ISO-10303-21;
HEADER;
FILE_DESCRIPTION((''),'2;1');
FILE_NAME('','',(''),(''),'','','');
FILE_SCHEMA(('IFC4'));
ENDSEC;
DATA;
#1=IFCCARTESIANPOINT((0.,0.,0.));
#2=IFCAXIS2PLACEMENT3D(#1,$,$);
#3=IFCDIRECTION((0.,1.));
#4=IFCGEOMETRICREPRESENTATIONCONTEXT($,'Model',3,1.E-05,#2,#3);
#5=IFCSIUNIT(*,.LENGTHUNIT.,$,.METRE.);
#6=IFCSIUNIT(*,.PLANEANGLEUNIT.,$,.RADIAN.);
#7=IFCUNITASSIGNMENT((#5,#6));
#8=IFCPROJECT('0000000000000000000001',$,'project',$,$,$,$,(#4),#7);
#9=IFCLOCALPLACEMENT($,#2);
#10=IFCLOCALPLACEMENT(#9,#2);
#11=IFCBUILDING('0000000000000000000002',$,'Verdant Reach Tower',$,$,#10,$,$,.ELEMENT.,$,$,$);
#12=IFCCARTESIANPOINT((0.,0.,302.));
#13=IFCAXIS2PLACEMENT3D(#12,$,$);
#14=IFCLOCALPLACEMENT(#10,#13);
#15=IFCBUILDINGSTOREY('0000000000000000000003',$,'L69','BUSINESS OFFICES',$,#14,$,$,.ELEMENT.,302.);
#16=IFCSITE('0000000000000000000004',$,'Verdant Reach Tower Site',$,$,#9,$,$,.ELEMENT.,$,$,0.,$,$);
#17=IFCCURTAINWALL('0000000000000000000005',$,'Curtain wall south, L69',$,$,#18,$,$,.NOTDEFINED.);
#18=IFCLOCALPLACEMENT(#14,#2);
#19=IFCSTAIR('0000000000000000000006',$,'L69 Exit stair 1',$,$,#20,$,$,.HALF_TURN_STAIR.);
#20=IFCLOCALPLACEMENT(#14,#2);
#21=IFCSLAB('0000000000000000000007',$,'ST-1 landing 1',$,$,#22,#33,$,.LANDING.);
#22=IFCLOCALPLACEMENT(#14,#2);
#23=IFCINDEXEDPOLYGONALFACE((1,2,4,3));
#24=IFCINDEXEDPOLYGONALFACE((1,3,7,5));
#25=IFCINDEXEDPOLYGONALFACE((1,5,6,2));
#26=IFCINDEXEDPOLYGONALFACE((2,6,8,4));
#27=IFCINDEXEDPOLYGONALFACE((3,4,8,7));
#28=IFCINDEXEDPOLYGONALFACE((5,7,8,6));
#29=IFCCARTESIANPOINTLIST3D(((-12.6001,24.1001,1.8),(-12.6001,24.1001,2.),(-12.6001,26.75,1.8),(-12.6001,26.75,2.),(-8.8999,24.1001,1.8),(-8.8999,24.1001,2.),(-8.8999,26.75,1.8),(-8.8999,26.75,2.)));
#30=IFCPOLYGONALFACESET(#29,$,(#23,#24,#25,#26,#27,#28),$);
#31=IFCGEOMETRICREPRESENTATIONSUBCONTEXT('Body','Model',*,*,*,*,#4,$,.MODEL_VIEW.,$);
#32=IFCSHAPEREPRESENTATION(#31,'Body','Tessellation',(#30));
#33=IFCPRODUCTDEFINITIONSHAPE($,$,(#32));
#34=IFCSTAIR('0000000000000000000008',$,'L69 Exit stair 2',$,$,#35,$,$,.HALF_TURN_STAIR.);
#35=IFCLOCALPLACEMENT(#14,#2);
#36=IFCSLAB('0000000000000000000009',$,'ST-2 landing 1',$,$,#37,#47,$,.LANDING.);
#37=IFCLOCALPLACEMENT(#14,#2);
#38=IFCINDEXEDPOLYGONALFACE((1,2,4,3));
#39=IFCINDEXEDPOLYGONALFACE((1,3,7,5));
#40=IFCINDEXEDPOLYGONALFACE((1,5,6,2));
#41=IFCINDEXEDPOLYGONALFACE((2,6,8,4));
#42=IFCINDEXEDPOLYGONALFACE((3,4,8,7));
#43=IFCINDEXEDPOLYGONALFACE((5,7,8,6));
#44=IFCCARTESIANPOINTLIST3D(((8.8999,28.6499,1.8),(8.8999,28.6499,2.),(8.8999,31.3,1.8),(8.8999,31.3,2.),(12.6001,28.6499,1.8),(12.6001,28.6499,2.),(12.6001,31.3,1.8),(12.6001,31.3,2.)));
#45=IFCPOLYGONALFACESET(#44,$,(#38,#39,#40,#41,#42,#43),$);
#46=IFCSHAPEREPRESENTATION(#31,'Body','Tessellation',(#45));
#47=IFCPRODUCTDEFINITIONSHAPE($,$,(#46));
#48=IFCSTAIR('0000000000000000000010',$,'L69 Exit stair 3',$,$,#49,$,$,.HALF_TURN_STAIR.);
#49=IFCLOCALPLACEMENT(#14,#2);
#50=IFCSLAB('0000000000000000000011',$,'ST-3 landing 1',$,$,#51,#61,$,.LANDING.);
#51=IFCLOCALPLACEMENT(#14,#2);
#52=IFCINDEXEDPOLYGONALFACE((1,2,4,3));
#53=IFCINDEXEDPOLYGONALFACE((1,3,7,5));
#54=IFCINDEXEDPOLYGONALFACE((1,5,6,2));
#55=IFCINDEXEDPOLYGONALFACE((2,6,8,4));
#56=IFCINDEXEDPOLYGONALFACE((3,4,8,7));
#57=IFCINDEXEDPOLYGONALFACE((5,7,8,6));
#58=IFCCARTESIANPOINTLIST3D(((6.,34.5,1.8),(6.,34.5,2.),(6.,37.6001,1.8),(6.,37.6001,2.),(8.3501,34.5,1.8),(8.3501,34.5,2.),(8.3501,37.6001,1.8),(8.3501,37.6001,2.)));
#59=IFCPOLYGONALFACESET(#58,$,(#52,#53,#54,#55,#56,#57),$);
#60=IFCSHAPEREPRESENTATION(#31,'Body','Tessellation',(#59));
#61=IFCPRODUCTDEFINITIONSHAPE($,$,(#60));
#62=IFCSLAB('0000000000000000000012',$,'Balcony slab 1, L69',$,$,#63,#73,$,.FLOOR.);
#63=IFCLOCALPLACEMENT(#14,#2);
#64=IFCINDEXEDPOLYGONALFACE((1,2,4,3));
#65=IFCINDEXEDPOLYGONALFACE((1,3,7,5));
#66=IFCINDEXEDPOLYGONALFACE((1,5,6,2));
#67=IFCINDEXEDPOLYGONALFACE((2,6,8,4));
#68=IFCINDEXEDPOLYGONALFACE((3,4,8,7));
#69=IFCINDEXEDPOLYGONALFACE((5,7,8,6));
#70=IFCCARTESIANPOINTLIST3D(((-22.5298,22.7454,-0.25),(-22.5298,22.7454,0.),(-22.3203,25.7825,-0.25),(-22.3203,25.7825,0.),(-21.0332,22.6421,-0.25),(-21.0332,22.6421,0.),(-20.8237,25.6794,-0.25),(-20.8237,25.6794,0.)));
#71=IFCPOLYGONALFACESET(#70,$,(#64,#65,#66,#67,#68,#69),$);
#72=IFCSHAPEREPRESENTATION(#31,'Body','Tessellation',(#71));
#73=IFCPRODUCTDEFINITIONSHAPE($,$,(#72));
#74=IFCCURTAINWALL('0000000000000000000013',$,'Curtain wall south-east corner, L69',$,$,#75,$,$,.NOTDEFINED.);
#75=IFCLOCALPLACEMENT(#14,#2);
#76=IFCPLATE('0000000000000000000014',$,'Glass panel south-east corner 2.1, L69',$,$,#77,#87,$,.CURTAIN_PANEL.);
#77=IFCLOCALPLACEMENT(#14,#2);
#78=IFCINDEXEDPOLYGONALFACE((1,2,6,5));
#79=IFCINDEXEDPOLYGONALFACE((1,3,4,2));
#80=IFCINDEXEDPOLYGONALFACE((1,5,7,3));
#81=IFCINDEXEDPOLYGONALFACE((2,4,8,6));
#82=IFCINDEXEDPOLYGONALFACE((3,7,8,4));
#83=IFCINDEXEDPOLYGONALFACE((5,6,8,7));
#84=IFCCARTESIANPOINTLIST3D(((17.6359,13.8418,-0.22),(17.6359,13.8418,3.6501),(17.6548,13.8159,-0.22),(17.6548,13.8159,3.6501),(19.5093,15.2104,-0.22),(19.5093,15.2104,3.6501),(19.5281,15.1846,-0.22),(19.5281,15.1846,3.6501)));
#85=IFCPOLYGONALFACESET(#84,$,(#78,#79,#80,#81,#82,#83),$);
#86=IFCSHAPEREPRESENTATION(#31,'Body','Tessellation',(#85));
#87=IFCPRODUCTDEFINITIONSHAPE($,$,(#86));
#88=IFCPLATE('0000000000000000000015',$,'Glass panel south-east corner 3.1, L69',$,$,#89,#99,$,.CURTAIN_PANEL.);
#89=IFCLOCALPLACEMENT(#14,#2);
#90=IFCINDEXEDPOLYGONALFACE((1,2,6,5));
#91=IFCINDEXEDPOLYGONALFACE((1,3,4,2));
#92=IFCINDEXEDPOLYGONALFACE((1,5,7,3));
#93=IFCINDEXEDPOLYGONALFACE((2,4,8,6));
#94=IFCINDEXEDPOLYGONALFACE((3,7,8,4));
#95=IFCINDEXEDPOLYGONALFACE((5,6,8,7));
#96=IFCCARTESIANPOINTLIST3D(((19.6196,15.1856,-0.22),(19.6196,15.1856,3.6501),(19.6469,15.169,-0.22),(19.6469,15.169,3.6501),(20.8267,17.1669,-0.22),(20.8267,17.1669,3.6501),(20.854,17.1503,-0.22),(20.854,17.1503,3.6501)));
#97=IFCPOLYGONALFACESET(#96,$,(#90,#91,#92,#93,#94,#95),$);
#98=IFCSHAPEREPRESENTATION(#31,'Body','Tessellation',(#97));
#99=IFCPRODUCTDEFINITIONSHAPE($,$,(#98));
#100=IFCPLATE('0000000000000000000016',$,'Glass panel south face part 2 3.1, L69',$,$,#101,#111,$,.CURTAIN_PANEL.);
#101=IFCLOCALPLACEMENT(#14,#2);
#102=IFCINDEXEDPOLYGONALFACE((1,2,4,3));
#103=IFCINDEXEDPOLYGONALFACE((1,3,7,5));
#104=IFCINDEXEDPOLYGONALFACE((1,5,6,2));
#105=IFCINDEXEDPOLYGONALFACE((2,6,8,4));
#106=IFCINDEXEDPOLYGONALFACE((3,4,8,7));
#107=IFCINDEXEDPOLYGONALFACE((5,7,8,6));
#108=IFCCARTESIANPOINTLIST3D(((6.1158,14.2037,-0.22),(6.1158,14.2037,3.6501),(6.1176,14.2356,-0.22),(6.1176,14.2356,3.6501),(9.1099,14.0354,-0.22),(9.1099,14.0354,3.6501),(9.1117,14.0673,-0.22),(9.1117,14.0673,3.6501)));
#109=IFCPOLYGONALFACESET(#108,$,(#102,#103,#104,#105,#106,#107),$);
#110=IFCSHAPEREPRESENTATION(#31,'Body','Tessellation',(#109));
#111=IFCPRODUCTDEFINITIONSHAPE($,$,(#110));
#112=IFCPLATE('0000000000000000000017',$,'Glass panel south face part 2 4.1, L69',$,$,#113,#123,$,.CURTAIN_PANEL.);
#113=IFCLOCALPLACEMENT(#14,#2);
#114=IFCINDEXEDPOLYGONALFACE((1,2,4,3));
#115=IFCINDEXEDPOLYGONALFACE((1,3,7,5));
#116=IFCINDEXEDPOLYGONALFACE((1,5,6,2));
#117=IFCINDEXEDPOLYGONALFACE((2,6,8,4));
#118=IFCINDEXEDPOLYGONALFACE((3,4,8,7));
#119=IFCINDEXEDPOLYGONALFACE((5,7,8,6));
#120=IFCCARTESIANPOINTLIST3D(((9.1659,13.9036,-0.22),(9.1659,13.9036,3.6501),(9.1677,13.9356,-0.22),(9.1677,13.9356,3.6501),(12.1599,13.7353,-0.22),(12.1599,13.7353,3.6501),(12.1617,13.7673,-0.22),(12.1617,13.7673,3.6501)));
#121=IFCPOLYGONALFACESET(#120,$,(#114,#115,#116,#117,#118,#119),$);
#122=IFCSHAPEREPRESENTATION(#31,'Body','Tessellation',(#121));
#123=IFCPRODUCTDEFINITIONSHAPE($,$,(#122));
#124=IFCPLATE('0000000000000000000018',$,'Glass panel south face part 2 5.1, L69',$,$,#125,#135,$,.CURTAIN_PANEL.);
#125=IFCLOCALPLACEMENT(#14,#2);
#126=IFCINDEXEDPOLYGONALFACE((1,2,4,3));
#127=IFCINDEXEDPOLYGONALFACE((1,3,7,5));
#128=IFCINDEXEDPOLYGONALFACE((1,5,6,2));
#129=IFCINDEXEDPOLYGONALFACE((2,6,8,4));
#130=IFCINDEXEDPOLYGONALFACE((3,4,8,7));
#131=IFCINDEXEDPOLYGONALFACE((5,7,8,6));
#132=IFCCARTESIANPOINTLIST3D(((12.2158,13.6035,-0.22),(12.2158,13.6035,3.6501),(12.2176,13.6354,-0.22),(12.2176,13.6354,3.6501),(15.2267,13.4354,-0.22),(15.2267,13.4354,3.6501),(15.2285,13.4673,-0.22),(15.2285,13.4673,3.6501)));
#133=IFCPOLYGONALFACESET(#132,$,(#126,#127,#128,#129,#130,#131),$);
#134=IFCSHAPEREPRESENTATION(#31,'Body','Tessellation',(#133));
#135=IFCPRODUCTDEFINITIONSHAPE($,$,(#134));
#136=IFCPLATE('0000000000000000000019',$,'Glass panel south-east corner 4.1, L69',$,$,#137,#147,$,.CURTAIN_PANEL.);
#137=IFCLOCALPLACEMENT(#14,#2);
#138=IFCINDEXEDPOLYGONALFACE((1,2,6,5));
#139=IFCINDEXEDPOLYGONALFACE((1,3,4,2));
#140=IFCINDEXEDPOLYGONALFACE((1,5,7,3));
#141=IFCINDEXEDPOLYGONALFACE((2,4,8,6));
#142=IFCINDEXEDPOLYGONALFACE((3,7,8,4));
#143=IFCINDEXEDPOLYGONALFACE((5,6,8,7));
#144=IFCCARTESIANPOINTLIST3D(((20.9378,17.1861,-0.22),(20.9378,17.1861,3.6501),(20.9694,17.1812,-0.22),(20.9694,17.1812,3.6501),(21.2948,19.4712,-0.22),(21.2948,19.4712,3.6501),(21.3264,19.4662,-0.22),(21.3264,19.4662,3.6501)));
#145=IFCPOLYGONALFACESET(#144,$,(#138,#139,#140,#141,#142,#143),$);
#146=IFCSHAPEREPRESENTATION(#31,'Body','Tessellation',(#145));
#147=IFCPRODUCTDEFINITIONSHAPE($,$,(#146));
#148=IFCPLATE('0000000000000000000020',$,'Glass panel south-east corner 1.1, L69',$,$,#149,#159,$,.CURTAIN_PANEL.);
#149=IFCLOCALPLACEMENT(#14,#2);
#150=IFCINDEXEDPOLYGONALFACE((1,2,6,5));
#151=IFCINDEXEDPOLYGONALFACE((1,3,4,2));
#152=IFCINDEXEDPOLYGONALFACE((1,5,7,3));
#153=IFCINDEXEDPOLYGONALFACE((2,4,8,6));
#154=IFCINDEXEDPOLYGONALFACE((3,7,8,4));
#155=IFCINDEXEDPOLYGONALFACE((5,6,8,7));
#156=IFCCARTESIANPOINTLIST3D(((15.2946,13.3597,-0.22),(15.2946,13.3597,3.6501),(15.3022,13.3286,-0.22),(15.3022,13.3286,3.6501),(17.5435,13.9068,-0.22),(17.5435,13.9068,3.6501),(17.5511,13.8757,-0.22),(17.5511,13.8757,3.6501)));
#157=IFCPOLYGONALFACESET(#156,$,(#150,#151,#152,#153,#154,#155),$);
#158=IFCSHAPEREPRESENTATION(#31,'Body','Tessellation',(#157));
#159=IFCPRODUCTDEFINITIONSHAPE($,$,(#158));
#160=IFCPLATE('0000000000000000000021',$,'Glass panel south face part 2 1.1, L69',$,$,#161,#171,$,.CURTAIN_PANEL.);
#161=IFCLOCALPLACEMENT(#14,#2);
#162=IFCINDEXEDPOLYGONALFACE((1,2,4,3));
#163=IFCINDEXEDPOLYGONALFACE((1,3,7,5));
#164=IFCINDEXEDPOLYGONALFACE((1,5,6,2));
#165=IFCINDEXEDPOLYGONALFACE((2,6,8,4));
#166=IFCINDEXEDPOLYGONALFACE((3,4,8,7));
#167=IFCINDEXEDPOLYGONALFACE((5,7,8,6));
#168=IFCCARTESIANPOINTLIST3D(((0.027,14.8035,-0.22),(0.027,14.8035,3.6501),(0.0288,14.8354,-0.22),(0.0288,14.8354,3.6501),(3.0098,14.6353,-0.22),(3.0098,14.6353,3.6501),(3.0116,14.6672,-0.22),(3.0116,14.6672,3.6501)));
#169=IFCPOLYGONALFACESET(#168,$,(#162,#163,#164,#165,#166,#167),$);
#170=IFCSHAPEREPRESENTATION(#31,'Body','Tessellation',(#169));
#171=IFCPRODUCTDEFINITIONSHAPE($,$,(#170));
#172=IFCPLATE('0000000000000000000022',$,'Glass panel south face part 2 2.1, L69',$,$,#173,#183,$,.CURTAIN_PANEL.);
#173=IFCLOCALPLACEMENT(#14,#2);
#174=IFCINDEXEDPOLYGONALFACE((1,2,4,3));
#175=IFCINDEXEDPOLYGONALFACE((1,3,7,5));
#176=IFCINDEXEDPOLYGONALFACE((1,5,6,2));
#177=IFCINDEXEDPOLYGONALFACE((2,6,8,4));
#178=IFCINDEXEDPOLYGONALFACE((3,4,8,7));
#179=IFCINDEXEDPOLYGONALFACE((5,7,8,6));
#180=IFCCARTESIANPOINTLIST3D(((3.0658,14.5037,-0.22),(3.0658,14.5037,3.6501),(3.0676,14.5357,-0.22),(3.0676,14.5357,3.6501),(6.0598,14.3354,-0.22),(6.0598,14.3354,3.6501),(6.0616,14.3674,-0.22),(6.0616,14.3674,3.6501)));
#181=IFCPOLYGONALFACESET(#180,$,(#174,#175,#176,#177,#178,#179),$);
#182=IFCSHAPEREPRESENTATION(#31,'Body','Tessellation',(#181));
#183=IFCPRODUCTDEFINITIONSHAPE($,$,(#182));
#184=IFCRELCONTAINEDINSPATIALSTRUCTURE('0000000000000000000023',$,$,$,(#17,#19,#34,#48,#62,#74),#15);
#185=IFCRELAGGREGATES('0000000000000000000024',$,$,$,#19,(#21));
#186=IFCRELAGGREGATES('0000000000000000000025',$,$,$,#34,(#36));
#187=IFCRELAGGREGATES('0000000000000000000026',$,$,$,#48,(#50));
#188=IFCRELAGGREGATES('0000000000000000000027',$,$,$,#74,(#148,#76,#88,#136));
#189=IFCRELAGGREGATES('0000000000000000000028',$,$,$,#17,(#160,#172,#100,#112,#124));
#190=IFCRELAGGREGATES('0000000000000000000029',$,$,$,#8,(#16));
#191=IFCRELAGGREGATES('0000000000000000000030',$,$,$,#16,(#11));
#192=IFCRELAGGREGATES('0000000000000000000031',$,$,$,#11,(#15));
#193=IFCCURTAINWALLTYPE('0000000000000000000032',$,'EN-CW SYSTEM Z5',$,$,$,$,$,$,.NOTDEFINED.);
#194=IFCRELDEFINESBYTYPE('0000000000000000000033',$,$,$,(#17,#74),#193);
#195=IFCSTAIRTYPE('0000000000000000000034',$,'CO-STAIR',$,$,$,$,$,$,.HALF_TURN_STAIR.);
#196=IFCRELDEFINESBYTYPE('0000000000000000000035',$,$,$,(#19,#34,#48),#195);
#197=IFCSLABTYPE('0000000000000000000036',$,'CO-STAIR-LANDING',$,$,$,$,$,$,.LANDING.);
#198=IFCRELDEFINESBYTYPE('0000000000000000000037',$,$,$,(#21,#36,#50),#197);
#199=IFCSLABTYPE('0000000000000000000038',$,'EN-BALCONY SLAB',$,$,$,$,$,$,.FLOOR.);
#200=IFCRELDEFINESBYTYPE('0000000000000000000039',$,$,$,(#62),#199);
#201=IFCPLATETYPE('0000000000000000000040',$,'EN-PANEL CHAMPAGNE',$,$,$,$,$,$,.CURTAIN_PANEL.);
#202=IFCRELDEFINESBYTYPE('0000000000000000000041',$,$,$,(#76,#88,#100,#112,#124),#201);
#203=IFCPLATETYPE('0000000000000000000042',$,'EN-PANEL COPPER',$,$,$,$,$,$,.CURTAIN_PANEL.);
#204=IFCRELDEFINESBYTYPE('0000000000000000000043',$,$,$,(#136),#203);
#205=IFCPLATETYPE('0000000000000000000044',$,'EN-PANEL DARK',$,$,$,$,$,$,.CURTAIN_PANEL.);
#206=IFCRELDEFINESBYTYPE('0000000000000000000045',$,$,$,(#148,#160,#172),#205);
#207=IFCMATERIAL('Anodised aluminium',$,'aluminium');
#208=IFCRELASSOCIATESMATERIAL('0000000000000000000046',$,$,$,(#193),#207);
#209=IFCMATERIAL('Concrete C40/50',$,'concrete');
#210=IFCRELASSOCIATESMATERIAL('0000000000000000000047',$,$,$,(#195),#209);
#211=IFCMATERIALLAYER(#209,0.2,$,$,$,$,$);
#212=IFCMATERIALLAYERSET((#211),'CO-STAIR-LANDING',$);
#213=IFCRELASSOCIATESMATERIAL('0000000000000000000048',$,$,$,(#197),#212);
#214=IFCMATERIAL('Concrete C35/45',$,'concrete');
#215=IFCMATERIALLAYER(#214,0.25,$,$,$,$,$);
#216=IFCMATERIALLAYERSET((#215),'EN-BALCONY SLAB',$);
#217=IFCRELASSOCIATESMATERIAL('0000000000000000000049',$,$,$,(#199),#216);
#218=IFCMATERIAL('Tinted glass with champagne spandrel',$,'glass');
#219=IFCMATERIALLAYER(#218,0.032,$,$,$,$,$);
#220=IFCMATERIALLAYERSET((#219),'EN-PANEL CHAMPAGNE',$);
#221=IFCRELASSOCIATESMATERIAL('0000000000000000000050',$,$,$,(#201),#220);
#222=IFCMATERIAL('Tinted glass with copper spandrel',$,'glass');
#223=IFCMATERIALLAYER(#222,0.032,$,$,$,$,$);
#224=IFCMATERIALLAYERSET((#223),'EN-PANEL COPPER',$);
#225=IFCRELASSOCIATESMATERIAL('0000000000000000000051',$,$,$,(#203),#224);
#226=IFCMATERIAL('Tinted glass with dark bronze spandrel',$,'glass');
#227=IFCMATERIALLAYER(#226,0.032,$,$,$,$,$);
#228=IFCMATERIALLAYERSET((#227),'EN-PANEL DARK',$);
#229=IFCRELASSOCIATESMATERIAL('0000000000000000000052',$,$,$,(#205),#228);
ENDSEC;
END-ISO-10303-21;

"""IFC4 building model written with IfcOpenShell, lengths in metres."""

from ifc_helpers import new_model, si_unit, direction, frame, origin, origin_2d, place, context, subcontext, project, spatial, polyline, rectangle, outline, extrude, material, layer, layer_set, type_object, element, aggregate, save


model = new_model("IFC4")

# Units and contexts
model_context = context("Model", 3, precision=1e-05, world=origin(), true_north=direction((0.0, 1.0)))
body_context = subcontext(model_context, "Body", "Model", "MODEL_VIEW")
ifc_project = project(units=[si_unit("LENGTHUNIT", "METRE"), si_unit("PLANEANGLEUNIT", "RADIAN")], contexts=[model_context])

# Site, building, storey
site_placement = place(None, origin())
site = spatial("IfcSite", under=ifc_project, at=site_placement, Name="Verdant Reach Tower Site", CompositionType="ELEMENT", RefElevation=0.0)
building_placement = place(site_placement, origin())
building = spatial("IfcBuilding", under=site, at=building_placement, Name="Verdant Reach Tower", CompositionType="ELEMENT")
storey_placement = place(building_placement, frame((0.0, 0.0, 302.0)))
storey = spatial("IfcBuildingStorey", under=building, at=storey_placement, Name="L69", Description="BUSINESS OFFICES", CompositionType="ELEMENT", Elevation=302.0)

# Curtain wall
ifc_material_1 = material(Name="Anodised aluminium", Category="aluminium")
curtain_wall_type = type_object("IfcCurtainWallType", Name="EN-CW SYSTEM Z5", PredefinedType="NOTDEFINED", material=ifc_material_1)
curtain_wall_1_placement = place(storey_placement, origin())
curtain_wall_1 = element("IfcCurtainWall", 1, at=curtain_wall_1_placement, inside=storey, type_object=curtain_wall_type, Name="Curtain wall south, L69", PredefinedType="NOTDEFINED")

# Stairs, slabs
ifc_material_2 = material(Name="Concrete C40/50", Category="concrete")
stair_type = type_object("IfcStairType", Name="CO-STAIR", PredefinedType="HALF_TURN_STAIR", material=ifc_material_2)
stair_1_placement = place(storey_placement, origin())
stair_1 = element("IfcStair", 2, at=stair_1_placement, inside=storey, type_object=stair_type, Name="L69 Exit stair 1", PredefinedType="HALF_TURN_STAIR")
ifc_layer_1 = layer(ifc_material_2, 0.2)
ifc_layer_set_1 = layer_set([ifc_layer_1], Name="CO-STAIR-LANDING")
slab_type_1 = type_object("IfcSlabType", Name="CO-STAIR-LANDING", PredefinedType="LANDING", material=ifc_layer_set_1)
slab_1_placement = place(storey_placement, frame((0.0, 0.0, 1.8)))
slab_1 = element("IfcSlab", 3, at=slab_1_placement, type_object=slab_type_1, Name="ST-1 landing 1", PredefinedType="LANDING", context=body_context, shape_type="SweptSolid", body=[
    extrude(outline(polyline([(-12.6001, 26.75), (-12.6001, 24.1001), (-8.8999, 24.1001), (-8.8999, 26.75), (-12.6001, 26.75)])), origin(), (0.0, 0.0, 1.0), 0.2),
])
aggregate(stair_1, [slab_1])
stair_2_placement = place(storey_placement, origin())
stair_2 = element("IfcStair", 4, at=stair_2_placement, inside=storey, type_object=stair_type, Name="L69 Exit stair 2", PredefinedType="HALF_TURN_STAIR")
slab_2_placement = place(storey_placement, frame((0.0, 0.0, 1.8)))
slab_2 = element("IfcSlab", 5, at=slab_2_placement, type_object=slab_type_1, Name="ST-2 landing 1", PredefinedType="LANDING", context=body_context, shape_type="SweptSolid", body=[
    extrude(outline(polyline([(12.6001, 28.6499), (12.6001, 31.3), (8.8999, 31.3), (8.8999, 28.6499), (12.6001, 28.6499)])), origin(), (0.0, 0.0, 1.0), 0.2),
])
aggregate(stair_2, [slab_2])
stair_3_placement = place(storey_placement, origin())
stair_3 = element("IfcStair", 6, at=stair_3_placement, inside=storey, type_object=stair_type, Name="L69 Exit stair 3", PredefinedType="HALF_TURN_STAIR")
slab_3_placement = place(storey_placement, frame((0.0, 0.0, 1.8)))
slab_3 = element("IfcSlab", 7, at=slab_3_placement, type_object=slab_type_1, Name="ST-3 landing 1", PredefinedType="LANDING", context=body_context, shape_type="SweptSolid", body=[
    extrude(outline(polyline([(8.3501, 37.6001), (6.0, 37.6001), (6.0, 34.5), (8.3501, 34.5), (8.3501, 37.6001)])), origin(), (0.0, 0.0, 1.0), 0.2),
])
aggregate(stair_3, [slab_3])

# Slab
ifc_material_3 = material(Name="Concrete C35/45", Category="concrete")
ifc_layer_2 = layer(ifc_material_3, 0.25)
ifc_layer_set_2 = layer_set([ifc_layer_2], Name="EN-BALCONY SLAB")
slab_type_2 = type_object("IfcSlabType", Name="EN-BALCONY SLAB", PredefinedType="FLOOR", material=ifc_layer_set_2)
slab_4_placement = place(storey_placement, frame((0.0, 0.0, -0.25)))
element("IfcSlab", 8, at=slab_4_placement, inside=storey, type_object=slab_type_2, Name="Balcony slab 1, L69", PredefinedType="FLOOR", context=body_context, shape_type="SweptSolid", body=[
    extrude(outline(polyline([(-20.8237, 25.6794), (-21.0332, 22.6421), (-22.5298, 22.7454), (-22.3203, 25.7825), (-20.8237, 25.6794)])), origin(), (0.0, 0.0, 1.0), 0.25),
])

# Curtain wall, plates
curtain_wall_2_placement = place(storey_placement, origin())
curtain_wall_2 = element("IfcCurtainWall", 9, at=curtain_wall_2_placement, inside=storey, type_object=curtain_wall_type, Name="Curtain wall south-east corner, L69", PredefinedType="NOTDEFINED")
ifc_material_4 = material(Name="Tinted glass with champagne spandrel", Category="glass")
ifc_layer_3 = layer(ifc_material_4, 0.032)
ifc_layer_set_3 = layer_set([ifc_layer_3], Name="EN-PANEL CHAMPAGNE")
plate_type_1 = type_object("IfcPlateType", Name="EN-PANEL CHAMPAGNE", PredefinedType="CURTAIN_PANEL", material=ifc_layer_set_3)
plate_1_placement = place(storey_placement, frame((18.582, 14.5132, -0.22), z_axis=(0.0, 0.0, 1.0), x_axis=(0.807457, 0.589927, 0.0)))
plate_1 = element("IfcPlate", 10, at=plate_1_placement, type_object=plate_type_1, Name="Glass panel south-east corner 2.1, L69", PredefinedType="CURTAIN_PANEL", context=body_context, shape_type="SweptSolid", body=[
    extrude(rectangle(XDim=2.3201, YDim=0.032, at=origin_2d()), origin(), (0.0, 0.0, 1.0), 3.8701),
])
plate_2_placement = place(storey_placement, frame((20.2368, 16.168, -0.22), z_axis=(0.0, 0.0, 1.0), x_axis=(0.520292, 0.853989, 0.0)))
plate_2 = element("IfcPlate", 11, at=plate_2_placement, type_object=plate_type_1, Name="Glass panel south-east corner 3.1, L69", PredefinedType="CURTAIN_PANEL", context=body_context, shape_type="SweptSolid", body=[
    extrude(rectangle(XDim=2.3201, YDim=0.032, at=origin_2d()), origin(), (0.0, 0.0, 1.0), 3.8701),
])

# Plates
plate_3_placement = place(storey_placement, frame((7.6138, 14.1355, -0.22), z_axis=(0.0, 0.0, 1.0), x_axis=(0.998424, -0.056128, 0.0)))
plate_3 = element("IfcPlate", 12, at=plate_3_placement, type_object=plate_type_1, Name="Glass panel south face part 2 3.1, L69", PredefinedType="CURTAIN_PANEL", context=body_context, shape_type="SweptSolid", body=[
    extrude(rectangle(XDim=2.9988, YDim=0.032, at=origin_2d()), origin(), (0.0, 0.0, 1.0), 3.8701),
])
plate_4_placement = place(storey_placement, frame((10.6638, 13.8354, -0.22), z_axis=(0.0, 0.0, 1.0), x_axis=(0.998424, -0.056128, 0.0)))
plate_4 = element("IfcPlate", 13, at=plate_4_placement, type_object=plate_type_1, Name="Glass panel south face part 2 4.1, L69", PredefinedType="CURTAIN_PANEL", context=body_context, shape_type="SweptSolid", body=[
    extrude(rectangle(XDim=2.9988, YDim=0.032, at=origin_2d()), origin(), (0.0, 0.0, 1.0), 3.8701),
])
plate_5_placement = place(storey_placement, frame((13.7222, 13.5354, -0.22), z_axis=(0.0, 0.0, 1.0), x_axis=(0.998446, -0.055725, 0.0)))
plate_5 = element("IfcPlate", 14, at=plate_5_placement, type_object=plate_type_1, Name="Glass panel south face part 2 5.1, L69", PredefinedType="CURTAIN_PANEL", context=body_context, shape_type="SweptSolid", body=[
    extrude(rectangle(XDim=3.0156, YDim=0.032, at=origin_2d()), origin(), (0.0, 0.0, 1.0), 3.8701),
])
ifc_material_5 = material(Name="Tinted glass with copper spandrel", Category="glass")
ifc_layer_4 = layer(ifc_material_5, 0.032)
ifc_layer_set_4 = layer_set([ifc_layer_4], Name="EN-PANEL COPPER")
plate_type_2 = type_object("IfcPlateType", Name="EN-PANEL COPPER", PredefinedType="CURTAIN_PANEL", material=ifc_layer_set_4)
plate_6_placement = place(storey_placement, frame((21.1321, 18.3262, -0.22), z_axis=(0.0, 0.0, 1.0), x_axis=(0.154337, 0.988018, 0.0)))
plate_6 = element("IfcPlate", 15, at=plate_6_placement, type_object=plate_type_2, Name="Glass panel south-east corner 4.1, L69", PredefinedType="CURTAIN_PANEL", context=body_context, shape_type="SweptSolid", body=[
    extrude(rectangle(XDim=2.3127, YDim=0.032, at=origin_2d()), origin(), (0.0, 0.0, 1.0), 3.8701),
])
ifc_material_6 = material(Name="Tinted glass with dark bronze spandrel", Category="glass")
ifc_layer_5 = layer(ifc_material_6, 0.032)
ifc_layer_set_5 = layer_set([ifc_layer_5], Name="EN-PANEL DARK")
plate_type_3 = type_object("IfcPlateType", Name="EN-PANEL DARK", PredefinedType="CURTAIN_PANEL", material=ifc_layer_set_5)
plate_7_placement = place(storey_placement, frame((16.4229, 13.6177, -0.22), z_axis=(0.0, 0.0, 1.0), x_axis=(0.971662, 0.236376, 0.0)))
plate_7 = element("IfcPlate", 16, at=plate_7_placement, type_object=plate_type_3, Name="Glass panel south-east corner 1.1, L69", PredefinedType="CURTAIN_PANEL", context=body_context, shape_type="SweptSolid", body=[
    extrude(rectangle(XDim=2.3145, YDim=0.032, at=origin_2d()), origin(), (0.0, 0.0, 1.0), 3.8701),
])
aggregate(curtain_wall_2, [plate_7, plate_1, plate_2, plate_6])
plate_8_placement = place(storey_placement, frame((1.5193, 14.7354, -0.22), z_axis=(0.0, 0.0, 1.0), x_axis=(0.998413, -0.056308, 0.0)))
plate_8 = element("IfcPlate", 17, at=plate_8_placement, type_object=plate_type_3, Name="Glass panel south face part 2 1.1, L69", PredefinedType="CURTAIN_PANEL", context=body_context, shape_type="SweptSolid", body=[
    extrude(rectangle(XDim=2.9875, YDim=0.032, at=origin_2d()), origin(), (0.0, 0.0, 1.0), 3.8701),
])
plate_9_placement = place(storey_placement, frame((4.5637, 14.4355, -0.22), z_axis=(0.0, 0.0, 1.0), x_axis=(0.998424, -0.056128, 0.0)))
plate_9 = element("IfcPlate", 18, at=plate_9_placement, type_object=plate_type_3, Name="Glass panel south face part 2 2.1, L69", PredefinedType="CURTAIN_PANEL", context=body_context, shape_type="SweptSolid", body=[
    extrude(rectangle(XDim=2.9988, YDim=0.032, at=origin_2d()), origin(), (0.0, 0.0, 1.0), 3.8701),
])
aggregate(curtain_wall_1, [plate_8, plate_9, plate_3, plate_4, plate_5])

save(model, "model.ifc")
